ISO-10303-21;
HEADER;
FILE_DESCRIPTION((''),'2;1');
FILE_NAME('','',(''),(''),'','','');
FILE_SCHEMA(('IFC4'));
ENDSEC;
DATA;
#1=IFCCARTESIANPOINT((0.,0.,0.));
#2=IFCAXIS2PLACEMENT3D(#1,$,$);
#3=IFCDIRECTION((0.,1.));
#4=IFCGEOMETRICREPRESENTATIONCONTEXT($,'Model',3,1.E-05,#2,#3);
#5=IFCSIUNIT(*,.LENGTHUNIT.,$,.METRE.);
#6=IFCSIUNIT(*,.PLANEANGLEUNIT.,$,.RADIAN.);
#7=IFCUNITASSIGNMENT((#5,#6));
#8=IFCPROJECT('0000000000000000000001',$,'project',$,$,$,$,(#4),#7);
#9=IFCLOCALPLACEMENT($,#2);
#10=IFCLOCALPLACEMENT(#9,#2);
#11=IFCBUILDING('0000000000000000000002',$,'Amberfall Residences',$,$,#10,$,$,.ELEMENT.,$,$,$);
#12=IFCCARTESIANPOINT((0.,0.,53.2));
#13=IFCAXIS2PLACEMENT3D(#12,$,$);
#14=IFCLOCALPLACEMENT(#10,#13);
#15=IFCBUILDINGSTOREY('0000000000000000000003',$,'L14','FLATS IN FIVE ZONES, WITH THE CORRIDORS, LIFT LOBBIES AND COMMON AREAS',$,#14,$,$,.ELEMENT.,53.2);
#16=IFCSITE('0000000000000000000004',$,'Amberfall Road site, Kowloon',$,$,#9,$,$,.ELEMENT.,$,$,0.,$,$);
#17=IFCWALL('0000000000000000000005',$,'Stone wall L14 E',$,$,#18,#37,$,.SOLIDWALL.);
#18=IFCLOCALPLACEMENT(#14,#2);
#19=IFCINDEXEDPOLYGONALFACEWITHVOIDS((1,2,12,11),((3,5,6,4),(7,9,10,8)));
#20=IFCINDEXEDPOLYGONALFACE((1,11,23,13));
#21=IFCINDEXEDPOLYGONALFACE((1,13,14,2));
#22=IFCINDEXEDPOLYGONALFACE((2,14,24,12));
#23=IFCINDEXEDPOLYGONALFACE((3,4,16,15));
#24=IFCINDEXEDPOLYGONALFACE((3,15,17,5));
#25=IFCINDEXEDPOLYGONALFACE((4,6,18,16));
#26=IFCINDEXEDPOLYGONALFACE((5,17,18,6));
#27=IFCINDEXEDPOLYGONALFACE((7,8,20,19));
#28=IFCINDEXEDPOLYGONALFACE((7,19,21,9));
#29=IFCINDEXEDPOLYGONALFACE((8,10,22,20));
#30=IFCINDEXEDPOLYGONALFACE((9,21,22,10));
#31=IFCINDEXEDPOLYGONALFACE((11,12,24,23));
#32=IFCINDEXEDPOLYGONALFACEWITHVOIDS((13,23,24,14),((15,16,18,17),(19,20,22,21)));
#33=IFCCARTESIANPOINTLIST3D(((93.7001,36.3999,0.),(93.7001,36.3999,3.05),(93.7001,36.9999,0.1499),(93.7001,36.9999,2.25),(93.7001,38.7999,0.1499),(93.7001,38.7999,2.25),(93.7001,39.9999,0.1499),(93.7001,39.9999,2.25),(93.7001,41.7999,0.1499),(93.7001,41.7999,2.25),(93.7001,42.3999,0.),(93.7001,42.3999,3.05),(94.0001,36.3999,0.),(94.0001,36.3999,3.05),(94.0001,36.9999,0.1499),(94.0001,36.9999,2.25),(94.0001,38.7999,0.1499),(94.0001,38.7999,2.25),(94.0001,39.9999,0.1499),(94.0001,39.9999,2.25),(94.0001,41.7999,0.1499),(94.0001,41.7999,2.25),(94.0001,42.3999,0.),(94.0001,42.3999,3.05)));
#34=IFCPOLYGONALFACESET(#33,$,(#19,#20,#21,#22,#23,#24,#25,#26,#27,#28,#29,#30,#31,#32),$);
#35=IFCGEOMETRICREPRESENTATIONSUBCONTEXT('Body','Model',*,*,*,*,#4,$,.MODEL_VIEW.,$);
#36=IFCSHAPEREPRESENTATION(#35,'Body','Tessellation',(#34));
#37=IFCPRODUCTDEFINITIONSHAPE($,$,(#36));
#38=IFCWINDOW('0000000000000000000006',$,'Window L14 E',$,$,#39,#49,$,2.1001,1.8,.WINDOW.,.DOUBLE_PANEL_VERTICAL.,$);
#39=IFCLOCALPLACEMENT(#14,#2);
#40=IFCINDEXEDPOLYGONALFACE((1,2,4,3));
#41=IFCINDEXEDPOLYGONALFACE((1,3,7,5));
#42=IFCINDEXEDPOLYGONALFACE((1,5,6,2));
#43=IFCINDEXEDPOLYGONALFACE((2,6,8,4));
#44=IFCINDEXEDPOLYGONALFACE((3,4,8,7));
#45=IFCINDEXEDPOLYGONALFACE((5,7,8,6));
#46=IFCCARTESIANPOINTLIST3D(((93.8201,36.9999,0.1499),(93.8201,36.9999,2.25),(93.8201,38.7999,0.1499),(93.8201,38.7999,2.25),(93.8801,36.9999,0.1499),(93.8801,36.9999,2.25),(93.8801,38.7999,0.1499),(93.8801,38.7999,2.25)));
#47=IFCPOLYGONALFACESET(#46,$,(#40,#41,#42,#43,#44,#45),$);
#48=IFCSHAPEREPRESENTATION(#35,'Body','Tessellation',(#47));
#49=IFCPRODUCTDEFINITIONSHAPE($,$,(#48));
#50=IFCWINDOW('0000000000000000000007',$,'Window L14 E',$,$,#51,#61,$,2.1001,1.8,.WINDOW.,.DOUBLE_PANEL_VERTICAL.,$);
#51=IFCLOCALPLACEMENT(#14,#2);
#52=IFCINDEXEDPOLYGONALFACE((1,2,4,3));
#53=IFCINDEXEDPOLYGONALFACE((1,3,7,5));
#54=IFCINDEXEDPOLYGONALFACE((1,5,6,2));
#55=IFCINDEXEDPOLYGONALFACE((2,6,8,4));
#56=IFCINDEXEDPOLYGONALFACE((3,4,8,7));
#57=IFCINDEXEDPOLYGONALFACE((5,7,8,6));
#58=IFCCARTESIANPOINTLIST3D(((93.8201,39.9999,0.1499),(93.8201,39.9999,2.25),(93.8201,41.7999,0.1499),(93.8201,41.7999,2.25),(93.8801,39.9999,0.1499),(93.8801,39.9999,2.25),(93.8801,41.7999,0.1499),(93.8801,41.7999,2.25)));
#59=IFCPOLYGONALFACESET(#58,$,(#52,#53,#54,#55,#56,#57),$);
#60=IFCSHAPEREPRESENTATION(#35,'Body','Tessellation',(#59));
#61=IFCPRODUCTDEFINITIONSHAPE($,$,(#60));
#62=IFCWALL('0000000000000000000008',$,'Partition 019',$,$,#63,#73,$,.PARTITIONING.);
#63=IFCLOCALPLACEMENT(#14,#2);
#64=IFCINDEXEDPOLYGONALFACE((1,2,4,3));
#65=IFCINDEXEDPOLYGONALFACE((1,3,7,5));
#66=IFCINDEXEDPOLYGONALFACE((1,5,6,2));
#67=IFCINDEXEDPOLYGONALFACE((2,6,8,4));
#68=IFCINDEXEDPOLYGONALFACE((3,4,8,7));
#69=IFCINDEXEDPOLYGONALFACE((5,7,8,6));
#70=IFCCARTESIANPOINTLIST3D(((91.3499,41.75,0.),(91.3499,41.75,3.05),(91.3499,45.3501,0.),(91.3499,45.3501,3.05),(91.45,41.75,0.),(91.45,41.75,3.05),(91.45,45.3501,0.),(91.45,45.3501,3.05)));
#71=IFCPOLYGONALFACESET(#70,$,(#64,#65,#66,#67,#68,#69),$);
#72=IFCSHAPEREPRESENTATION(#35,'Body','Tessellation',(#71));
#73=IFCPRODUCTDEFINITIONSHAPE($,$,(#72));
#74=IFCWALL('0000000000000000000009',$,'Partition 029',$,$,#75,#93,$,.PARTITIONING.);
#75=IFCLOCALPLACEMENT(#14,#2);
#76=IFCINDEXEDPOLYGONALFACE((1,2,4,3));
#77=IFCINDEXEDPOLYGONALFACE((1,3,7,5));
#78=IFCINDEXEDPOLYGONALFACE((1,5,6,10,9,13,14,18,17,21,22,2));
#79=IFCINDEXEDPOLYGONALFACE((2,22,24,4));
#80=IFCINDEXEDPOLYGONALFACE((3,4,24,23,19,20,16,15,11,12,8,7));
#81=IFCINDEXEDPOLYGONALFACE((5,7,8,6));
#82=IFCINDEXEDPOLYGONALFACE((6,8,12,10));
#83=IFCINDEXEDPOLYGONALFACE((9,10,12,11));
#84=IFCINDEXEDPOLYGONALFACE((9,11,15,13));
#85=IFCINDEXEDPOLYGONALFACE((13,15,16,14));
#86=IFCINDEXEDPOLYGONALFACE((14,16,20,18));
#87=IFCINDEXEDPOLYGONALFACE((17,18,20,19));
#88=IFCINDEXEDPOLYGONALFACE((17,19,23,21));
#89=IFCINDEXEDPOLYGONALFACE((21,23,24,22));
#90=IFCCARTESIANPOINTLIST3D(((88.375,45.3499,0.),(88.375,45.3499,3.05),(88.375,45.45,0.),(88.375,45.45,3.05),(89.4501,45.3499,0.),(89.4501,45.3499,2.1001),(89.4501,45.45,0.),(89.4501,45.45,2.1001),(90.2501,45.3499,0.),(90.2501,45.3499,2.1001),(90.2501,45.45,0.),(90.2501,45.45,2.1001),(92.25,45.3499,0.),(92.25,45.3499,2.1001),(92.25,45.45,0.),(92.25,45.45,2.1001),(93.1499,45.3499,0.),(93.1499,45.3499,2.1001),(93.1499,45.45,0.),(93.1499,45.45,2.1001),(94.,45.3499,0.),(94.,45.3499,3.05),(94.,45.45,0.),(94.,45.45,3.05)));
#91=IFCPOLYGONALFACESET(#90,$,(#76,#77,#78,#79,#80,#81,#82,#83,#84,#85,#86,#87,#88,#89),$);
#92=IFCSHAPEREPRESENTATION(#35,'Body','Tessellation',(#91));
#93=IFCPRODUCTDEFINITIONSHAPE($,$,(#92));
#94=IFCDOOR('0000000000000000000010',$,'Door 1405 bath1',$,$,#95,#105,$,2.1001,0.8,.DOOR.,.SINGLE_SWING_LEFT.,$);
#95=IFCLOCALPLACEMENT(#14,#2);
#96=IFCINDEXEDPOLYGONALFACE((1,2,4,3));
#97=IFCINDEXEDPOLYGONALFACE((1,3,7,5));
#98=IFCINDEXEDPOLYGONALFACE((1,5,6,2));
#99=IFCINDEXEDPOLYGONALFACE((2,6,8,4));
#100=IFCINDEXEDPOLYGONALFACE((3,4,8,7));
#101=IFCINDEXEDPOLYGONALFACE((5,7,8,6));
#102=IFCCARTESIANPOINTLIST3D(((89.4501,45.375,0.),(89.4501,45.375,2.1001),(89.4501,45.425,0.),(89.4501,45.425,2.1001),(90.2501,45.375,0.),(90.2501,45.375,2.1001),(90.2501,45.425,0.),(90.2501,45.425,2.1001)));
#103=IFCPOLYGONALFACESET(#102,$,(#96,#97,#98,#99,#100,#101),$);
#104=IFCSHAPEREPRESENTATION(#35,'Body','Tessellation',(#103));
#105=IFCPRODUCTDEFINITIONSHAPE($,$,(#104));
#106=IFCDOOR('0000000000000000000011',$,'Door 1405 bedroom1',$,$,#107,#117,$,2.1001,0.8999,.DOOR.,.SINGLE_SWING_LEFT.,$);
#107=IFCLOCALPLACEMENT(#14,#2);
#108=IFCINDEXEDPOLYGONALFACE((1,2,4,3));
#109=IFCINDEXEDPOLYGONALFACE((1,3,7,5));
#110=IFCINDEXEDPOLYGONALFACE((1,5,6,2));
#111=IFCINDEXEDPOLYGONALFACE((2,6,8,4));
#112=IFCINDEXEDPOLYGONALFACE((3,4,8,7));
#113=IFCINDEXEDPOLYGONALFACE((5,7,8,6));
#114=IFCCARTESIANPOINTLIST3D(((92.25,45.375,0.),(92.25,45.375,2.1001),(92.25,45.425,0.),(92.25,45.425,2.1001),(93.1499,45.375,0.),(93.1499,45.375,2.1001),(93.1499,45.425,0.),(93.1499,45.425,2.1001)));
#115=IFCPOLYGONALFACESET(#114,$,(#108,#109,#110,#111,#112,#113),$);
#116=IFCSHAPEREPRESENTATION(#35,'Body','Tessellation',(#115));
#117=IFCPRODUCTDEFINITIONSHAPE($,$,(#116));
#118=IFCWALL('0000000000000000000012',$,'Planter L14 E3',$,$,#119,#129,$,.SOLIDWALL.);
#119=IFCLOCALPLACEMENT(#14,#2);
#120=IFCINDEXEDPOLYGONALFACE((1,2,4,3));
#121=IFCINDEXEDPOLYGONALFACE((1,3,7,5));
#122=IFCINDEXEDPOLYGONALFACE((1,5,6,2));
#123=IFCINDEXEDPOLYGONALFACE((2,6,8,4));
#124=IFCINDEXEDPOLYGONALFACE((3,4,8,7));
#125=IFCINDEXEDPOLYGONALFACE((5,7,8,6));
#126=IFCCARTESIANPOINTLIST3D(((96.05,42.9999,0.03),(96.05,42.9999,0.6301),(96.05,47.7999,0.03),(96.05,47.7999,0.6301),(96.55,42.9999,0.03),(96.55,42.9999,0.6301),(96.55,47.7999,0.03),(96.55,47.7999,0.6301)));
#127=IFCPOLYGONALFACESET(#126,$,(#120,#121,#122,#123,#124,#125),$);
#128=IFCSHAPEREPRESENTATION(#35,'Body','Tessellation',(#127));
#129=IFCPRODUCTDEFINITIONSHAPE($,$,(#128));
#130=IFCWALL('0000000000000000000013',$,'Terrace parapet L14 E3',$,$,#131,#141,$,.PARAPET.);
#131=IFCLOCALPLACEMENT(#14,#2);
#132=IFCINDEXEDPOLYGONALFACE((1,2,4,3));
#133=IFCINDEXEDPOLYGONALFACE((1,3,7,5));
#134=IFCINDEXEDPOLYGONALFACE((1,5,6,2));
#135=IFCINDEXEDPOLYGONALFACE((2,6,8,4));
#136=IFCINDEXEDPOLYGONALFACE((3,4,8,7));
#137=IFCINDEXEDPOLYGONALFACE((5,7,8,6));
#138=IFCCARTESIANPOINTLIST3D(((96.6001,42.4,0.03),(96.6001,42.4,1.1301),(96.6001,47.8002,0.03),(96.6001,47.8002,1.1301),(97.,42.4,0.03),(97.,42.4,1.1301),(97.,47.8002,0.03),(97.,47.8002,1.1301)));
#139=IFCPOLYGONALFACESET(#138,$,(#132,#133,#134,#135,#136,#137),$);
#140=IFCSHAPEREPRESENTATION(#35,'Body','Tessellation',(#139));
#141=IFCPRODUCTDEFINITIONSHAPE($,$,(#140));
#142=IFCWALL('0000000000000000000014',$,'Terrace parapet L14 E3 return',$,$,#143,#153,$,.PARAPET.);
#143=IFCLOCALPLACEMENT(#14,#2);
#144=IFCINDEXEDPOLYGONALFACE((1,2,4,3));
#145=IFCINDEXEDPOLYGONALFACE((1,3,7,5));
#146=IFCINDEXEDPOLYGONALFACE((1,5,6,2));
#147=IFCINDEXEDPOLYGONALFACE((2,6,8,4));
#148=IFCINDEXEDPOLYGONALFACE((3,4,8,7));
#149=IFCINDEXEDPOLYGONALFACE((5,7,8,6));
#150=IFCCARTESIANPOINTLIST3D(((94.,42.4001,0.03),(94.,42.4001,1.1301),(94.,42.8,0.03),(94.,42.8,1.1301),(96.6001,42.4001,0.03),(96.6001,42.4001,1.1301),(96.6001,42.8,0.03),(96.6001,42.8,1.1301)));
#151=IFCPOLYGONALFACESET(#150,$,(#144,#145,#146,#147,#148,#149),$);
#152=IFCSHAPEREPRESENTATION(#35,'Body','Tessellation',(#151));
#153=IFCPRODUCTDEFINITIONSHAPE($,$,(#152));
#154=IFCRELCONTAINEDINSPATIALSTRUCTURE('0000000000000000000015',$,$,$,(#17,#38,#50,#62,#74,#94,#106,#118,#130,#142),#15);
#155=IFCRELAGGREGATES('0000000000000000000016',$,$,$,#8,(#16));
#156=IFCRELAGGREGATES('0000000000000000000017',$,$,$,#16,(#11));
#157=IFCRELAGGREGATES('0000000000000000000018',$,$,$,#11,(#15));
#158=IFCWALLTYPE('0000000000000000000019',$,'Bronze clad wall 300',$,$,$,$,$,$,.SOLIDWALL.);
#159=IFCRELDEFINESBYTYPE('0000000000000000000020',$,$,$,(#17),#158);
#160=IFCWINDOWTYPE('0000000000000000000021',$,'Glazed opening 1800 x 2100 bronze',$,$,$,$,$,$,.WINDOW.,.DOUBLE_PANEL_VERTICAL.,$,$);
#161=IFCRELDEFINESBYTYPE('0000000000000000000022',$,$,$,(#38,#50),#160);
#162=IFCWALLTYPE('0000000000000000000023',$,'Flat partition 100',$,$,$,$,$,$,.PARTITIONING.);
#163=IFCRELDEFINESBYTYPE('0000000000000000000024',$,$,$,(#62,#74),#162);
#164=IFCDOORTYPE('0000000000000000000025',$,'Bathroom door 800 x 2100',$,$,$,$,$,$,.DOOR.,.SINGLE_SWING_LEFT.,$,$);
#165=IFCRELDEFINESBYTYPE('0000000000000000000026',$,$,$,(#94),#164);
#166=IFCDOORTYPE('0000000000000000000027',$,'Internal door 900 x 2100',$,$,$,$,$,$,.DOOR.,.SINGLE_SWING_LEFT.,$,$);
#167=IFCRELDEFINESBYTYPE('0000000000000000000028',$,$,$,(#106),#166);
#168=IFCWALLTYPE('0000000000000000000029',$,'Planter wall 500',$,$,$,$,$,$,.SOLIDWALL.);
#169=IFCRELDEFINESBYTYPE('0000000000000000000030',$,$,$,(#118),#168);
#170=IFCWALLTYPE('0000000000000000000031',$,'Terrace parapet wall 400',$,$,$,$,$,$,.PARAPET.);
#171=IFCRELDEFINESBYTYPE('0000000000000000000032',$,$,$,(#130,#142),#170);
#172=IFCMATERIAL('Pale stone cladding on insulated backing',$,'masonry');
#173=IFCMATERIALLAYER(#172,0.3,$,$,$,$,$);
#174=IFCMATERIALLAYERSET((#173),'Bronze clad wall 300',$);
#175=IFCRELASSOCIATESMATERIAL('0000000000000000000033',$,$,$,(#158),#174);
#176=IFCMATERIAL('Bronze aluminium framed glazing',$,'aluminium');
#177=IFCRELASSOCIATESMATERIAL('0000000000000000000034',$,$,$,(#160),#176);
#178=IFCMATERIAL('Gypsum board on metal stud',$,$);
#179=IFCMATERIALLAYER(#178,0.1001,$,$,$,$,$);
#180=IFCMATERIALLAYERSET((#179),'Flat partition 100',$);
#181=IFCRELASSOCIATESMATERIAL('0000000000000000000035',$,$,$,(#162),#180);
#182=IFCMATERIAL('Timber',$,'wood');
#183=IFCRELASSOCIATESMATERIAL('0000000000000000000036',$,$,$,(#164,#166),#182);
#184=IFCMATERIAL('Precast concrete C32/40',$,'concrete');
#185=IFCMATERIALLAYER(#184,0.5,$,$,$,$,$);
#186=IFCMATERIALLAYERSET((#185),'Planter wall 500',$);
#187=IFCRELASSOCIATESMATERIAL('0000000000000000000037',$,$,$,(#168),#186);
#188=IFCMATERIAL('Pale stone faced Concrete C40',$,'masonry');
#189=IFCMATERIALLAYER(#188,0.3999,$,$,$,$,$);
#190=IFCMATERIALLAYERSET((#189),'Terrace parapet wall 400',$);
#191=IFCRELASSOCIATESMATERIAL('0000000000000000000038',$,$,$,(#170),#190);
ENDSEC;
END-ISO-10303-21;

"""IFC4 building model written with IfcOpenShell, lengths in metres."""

from ifc_helpers import new_model, si_unit, direction, frame, frame_2d, origin, place, context, subcontext, project, spatial, rectangle, extrude, material, layer, layer_set, type_object, element, fill, save


model = new_model("IFC4")

# Units and contexts
model_context = context("Model", 3, precision=1e-05, world=origin(), true_north=direction((0.0, 1.0)))
body_context = subcontext(model_context, "Body", "Model", "MODEL_VIEW")
ifc_project = project(units=[si_unit("LENGTHUNIT", "METRE"), si_unit("PLANEANGLEUNIT", "RADIAN")], contexts=[model_context])

# Site, building, storey
site_placement = place(None, origin())
site = spatial("IfcSite", under=ifc_project, at=site_placement, Name="Amberfall Road site, Kowloon", CompositionType="ELEMENT", RefElevation=0.0)
building_placement = place(site_placement, origin())
building = spatial("IfcBuilding", under=site, at=building_placement, Name="Amberfall Residences", CompositionType="ELEMENT")
storey_placement = place(building_placement, frame((0.0, 0.0, 53.2)))
storey = spatial("IfcBuildingStorey", under=building, at=storey_placement, Name="L14", Description="FLATS IN FIVE ZONES, WITH THE CORRIDORS, LIFT LOBBIES AND COMMON AREAS", CompositionType="ELEMENT", Elevation=53.2)

# Wall, openings, windows
ifc_material_1 = material(Name="Pale stone cladding on insulated backing", Category="masonry")
ifc_layer_1 = layer(ifc_material_1, 0.3)
ifc_layer_set_1 = layer_set([ifc_layer_1], Name="Bronze clad wall 300")
wall_type_1 = type_object("IfcWallType", Name="Bronze clad wall 300", PredefinedType="SOLIDWALL", material=ifc_layer_set_1)
wall_1_placement = place(storey_placement, frame((93.8501, 36.3999, 0.0), z_axis=(0.0, 0.0, 1.0), x_axis=(0.0, 1.0, 0.0)))
wall_1 = element("IfcWall", 1, at=wall_1_placement, inside=storey, type_object=wall_type_1, Name="Stone wall L14 E", PredefinedType="SOLIDWALL", context=body_context, shape_type="SweptSolid", body=[
    extrude(rectangle(XDim=6.0, YDim=0.3, at=frame_2d((3.0, 0.0))), origin(), (0.0, 0.0, 1.0), 3.05),
])
opening_1_placement = place(wall_1_placement, frame((0.6001, 0.0, 0.1499)))
opening_1 = element("IfcOpeningElement", 2, at=opening_1_placement, cuts=wall_1, PredefinedType="OPENING", context=body_context, shape_type="SweptSolid", body=[
    extrude(rectangle(XDim=1.8, YDim=2.1001, at=frame_2d((0.8999, 1.05))), frame((0.0, 0.1599, 0.0), z_axis=(0.0, -1.0, 0.0), x_axis=(1.0, 0.0, 0.0)), (0.0, 0.0, 1.0), 0.3201),
])
opening_2_placement = place(wall_1_placement, frame((3.6001, 0.0, 0.1499)))
opening_2 = element("IfcOpeningElement", 3, at=opening_2_placement, cuts=wall_1, PredefinedType="OPENING", context=body_context, shape_type="SweptSolid", body=[
    extrude(rectangle(XDim=1.8, YDim=2.1001, at=frame_2d((0.8999, 1.05))), frame((0.0, 0.1599, 0.0), z_axis=(0.0, -1.0, 0.0), x_axis=(1.0, 0.0, 0.0)), (0.0, 0.0, 1.0), 0.3201),
])
ifc_material_2 = material(Name="Bronze aluminium framed glazing", Category="aluminium")
window_type = type_object("IfcWindowType", Name="Glazed opening 1800 x 2100 bronze", PartitioningType="DOUBLE_PANEL_VERTICAL", PredefinedType="WINDOW", material=ifc_material_2)
window_1_placement = place(opening_1_placement, origin())
window_1 = element("IfcWindow", 4, at=window_1_placement, inside=storey, type_object=window_type, Name="Window L14 E", OverallHeight=2.1001, OverallWidth=1.8, PartitioningType="DOUBLE_PANEL_VERTICAL", PredefinedType="WINDOW", context=body_context, shape_type="SweptSolid", body=[
    extrude(rectangle(XDim=1.8, YDim=2.1001, at=frame_2d((0.8999, 1.05))), frame((0.0, 0.03, 0.0), z_axis=(0.0, -1.0, 0.0), x_axis=(1.0, 0.0, 0.0)), (0.0, 0.0, 1.0), 0.0601),
])
fill(opening_1, window_1)
window_2_placement = place(opening_2_placement, origin())
window_2 = element("IfcWindow", 5, at=window_2_placement, inside=storey, type_object=window_type, Name="Window L14 E", OverallHeight=2.1001, OverallWidth=1.8, PartitioningType="DOUBLE_PANEL_VERTICAL", PredefinedType="WINDOW", context=body_context, shape_type="SweptSolid", body=[
    extrude(rectangle(XDim=1.8, YDim=2.1001, at=frame_2d((0.8999, 1.05))), frame((0.0, 0.03, 0.0), z_axis=(0.0, -1.0, 0.0), x_axis=(1.0, 0.0, 0.0)), (0.0, 0.0, 1.0), 0.0601),
])
fill(opening_2, window_2)

# Wall
ifc_material_3 = material(Name="Gypsum board on metal stud")
ifc_layer_2 = layer(ifc_material_3, 0.1001)
ifc_layer_set_2 = layer_set([ifc_layer_2], Name="Flat partition 100")
wall_type_2 = type_object("IfcWallType", Name="Flat partition 100", PredefinedType="PARTITIONING", material=ifc_layer_set_2)
wall_2_placement = place(storey_placement, frame((91.3999, 41.75, 0.0), z_axis=(0.0, 0.0, 1.0), x_axis=(0.0, 1.0, 0.0)))
element("IfcWall", 6, at=wall_2_placement, inside=storey, type_object=wall_type_2, Name="Partition 019", PredefinedType="PARTITIONING", context=body_context, shape_type="SweptSolid", body=[
    extrude(rectangle(XDim=3.6001, YDim=0.1001, at=frame_2d((1.8, 0.0))), origin(), (0.0, 0.0, 1.0), 3.05),
])

# Wall, openings, doors
wall_3_placement = place(storey_placement, frame((94.0, 45.3999, 0.0), z_axis=(0.0, 0.0, 1.0), x_axis=(-1.0, 0.0, 0.0)))
wall_3 = element("IfcWall", 7, at=wall_3_placement, inside=storey, type_object=wall_type_2, Name="Partition 029", PredefinedType="PARTITIONING", context=body_context, shape_type="SweptSolid", body=[
    extrude(rectangle(XDim=5.625, YDim=0.1001, at=frame_2d((2.8125, 0.0))), origin(), (0.0, 0.0, 1.0), 3.05),
])
opening_3_placement = place(wall_3_placement, frame((0.8501, 0.0, 0.0)))
opening_3 = element("IfcOpeningElement", 8, at=opening_3_placement, cuts=wall_3, PredefinedType="OPENING", context=body_context, shape_type="SweptSolid", body=[
    extrude(rectangle(XDim=0.8999, YDim=2.1001, at=frame_2d((0.45, 1.05))), frame((0.0, 0.0601, 0.0), z_axis=(0.0, -1.0, 0.0), x_axis=(1.0, 0.0, 0.0)), (0.0, 0.0, 1.0), 0.1201),
])
opening_4_placement = place(wall_3_placement, frame((3.75, 0.0, 0.0)))
opening_4 = element("IfcOpeningElement", 9, at=opening_4_placement, cuts=wall_3, PredefinedType="OPENING", context=body_context, shape_type="SweptSolid", body=[
    extrude(rectangle(XDim=0.8, YDim=2.1001, at=frame_2d((0.3999, 1.05))), frame((0.0, 0.0601, 0.0), z_axis=(0.0, -1.0, 0.0), x_axis=(1.0, 0.0, 0.0)), (0.0, 0.0, 1.0), 0.1201),
])
ifc_material_4 = material(Name="Timber", Category="wood")
door_type_1 = type_object("IfcDoorType", Name="Bathroom door 800 x 2100", OperationType="SINGLE_SWING_LEFT", PredefinedType="DOOR", material=ifc_material_4)
door_1_placement = place(opening_4_placement, origin())
door_1 = element("IfcDoor", 10, at=door_1_placement, inside=storey, type_object=door_type_1, Name="Door 1405 bath1", OperationType="SINGLE_SWING_LEFT", OverallHeight=2.1001, OverallWidth=0.8, PredefinedType="DOOR", context=body_context, shape_type="SweptSolid", body=[
    extrude(rectangle(XDim=0.8, YDim=2.1001, at=frame_2d((0.3999, 1.05))), frame((0.0, 0.0249, 0.0), z_axis=(0.0, -1.0, 0.0), x_axis=(1.0, 0.0, 0.0)), (0.0, 0.0, 1.0), 0.05),
])
fill(opening_4, door_1)
door_type_2 = type_object("IfcDoorType", Name="Internal door 900 x 2100", OperationType="SINGLE_SWING_LEFT", PredefinedType="DOOR", material=ifc_material_4)
door_2_placement = place(opening_3_placement, origin())
door_2 = element("IfcDoor", 11, at=door_2_placement, inside=storey, type_object=door_type_2, Name="Door 1405 bedroom1", OperationType="SINGLE_SWING_LEFT", OverallHeight=2.1001, OverallWidth=0.8999, PredefinedType="DOOR", context=body_context, shape_type="SweptSolid", body=[
    extrude(rectangle(XDim=0.8999, YDim=2.1001, at=frame_2d((0.45, 1.05))), frame((0.0, 0.0249, 0.0), z_axis=(0.0, -1.0, 0.0), x_axis=(1.0, 0.0, 0.0)), (0.0, 0.0, 1.0), 0.05),
])
fill(opening_3, door_2)

# Wall
ifc_material_5 = material(Name="Precast concrete C32/40", Category="concrete")
ifc_layer_3 = layer(ifc_material_5, 0.5)
ifc_layer_set_3 = layer_set([ifc_layer_3], Name="Planter wall 500")
wall_type_3 = type_object("IfcWallType", Name="Planter wall 500", PredefinedType="SOLIDWALL", material=ifc_layer_set_3)
wall_4_placement = place(storey_placement, frame((96.3, 43.0, 0.03), z_axis=(0.0, 0.0, 1.0), x_axis=(0.0, 1.0, 0.0)))
element("IfcWall", 12, at=wall_4_placement, inside=storey, type_object=wall_type_3, Name="Planter L14 E3", PredefinedType="SOLIDWALL", context=body_context, shape_type="SweptSolid", body=[
    extrude(rectangle(XDim=4.8, YDim=0.5, at=frame_2d((2.3999, 0.0))), origin(), (0.0, 0.0, 1.0), 0.6001),
])

# Walls
ifc_material_6 = material(Name="Pale stone faced Concrete C40", Category="masonry")
ifc_layer_4 = layer(ifc_material_6, 0.3999)
ifc_layer_set_4 = layer_set([ifc_layer_4], Name="Terrace parapet wall 400")
wall_type_4 = type_object("IfcWallType", Name="Terrace parapet wall 400", PredefinedType="PARAPET", material=ifc_layer_set_4)
wall_5_placement = place(storey_placement, frame((96.8, 42.3999, 0.03), z_axis=(0.0, 0.0, 1.0), x_axis=(0.0, 1.0, 0.0)))
element("IfcWall", 13, at=wall_5_placement, inside=storey, type_object=wall_type_4, Name="Terrace parapet L14 E3", PredefinedType="PARAPET", context=body_context, shape_type="SweptSolid", body=[
    extrude(rectangle(XDim=5.4001, YDim=0.3999, at=frame_2d((2.7002, 0.0))), origin(), (0.0, 0.0, 1.0), 1.1001),
])
wall_6_placement = place(storey_placement, frame((94.0, 42.6001, 0.03), z_axis=(0.0, 0.0, 1.0), x_axis=(1.0, 0.0, 0.0)))
element("IfcWall", 14, at=wall_6_placement, inside=storey, type_object=wall_type_4, Name="Terrace parapet L14 E3 return", PredefinedType="PARAPET", context=body_context, shape_type="SweptSolid", body=[
    extrude(rectangle(XDim=2.6001, YDim=0.3999, at=frame_2d((1.3, 0.0))), origin(), (0.0, 0.0, 1.0), 1.1001),
])

save(model, "model.ifc")
